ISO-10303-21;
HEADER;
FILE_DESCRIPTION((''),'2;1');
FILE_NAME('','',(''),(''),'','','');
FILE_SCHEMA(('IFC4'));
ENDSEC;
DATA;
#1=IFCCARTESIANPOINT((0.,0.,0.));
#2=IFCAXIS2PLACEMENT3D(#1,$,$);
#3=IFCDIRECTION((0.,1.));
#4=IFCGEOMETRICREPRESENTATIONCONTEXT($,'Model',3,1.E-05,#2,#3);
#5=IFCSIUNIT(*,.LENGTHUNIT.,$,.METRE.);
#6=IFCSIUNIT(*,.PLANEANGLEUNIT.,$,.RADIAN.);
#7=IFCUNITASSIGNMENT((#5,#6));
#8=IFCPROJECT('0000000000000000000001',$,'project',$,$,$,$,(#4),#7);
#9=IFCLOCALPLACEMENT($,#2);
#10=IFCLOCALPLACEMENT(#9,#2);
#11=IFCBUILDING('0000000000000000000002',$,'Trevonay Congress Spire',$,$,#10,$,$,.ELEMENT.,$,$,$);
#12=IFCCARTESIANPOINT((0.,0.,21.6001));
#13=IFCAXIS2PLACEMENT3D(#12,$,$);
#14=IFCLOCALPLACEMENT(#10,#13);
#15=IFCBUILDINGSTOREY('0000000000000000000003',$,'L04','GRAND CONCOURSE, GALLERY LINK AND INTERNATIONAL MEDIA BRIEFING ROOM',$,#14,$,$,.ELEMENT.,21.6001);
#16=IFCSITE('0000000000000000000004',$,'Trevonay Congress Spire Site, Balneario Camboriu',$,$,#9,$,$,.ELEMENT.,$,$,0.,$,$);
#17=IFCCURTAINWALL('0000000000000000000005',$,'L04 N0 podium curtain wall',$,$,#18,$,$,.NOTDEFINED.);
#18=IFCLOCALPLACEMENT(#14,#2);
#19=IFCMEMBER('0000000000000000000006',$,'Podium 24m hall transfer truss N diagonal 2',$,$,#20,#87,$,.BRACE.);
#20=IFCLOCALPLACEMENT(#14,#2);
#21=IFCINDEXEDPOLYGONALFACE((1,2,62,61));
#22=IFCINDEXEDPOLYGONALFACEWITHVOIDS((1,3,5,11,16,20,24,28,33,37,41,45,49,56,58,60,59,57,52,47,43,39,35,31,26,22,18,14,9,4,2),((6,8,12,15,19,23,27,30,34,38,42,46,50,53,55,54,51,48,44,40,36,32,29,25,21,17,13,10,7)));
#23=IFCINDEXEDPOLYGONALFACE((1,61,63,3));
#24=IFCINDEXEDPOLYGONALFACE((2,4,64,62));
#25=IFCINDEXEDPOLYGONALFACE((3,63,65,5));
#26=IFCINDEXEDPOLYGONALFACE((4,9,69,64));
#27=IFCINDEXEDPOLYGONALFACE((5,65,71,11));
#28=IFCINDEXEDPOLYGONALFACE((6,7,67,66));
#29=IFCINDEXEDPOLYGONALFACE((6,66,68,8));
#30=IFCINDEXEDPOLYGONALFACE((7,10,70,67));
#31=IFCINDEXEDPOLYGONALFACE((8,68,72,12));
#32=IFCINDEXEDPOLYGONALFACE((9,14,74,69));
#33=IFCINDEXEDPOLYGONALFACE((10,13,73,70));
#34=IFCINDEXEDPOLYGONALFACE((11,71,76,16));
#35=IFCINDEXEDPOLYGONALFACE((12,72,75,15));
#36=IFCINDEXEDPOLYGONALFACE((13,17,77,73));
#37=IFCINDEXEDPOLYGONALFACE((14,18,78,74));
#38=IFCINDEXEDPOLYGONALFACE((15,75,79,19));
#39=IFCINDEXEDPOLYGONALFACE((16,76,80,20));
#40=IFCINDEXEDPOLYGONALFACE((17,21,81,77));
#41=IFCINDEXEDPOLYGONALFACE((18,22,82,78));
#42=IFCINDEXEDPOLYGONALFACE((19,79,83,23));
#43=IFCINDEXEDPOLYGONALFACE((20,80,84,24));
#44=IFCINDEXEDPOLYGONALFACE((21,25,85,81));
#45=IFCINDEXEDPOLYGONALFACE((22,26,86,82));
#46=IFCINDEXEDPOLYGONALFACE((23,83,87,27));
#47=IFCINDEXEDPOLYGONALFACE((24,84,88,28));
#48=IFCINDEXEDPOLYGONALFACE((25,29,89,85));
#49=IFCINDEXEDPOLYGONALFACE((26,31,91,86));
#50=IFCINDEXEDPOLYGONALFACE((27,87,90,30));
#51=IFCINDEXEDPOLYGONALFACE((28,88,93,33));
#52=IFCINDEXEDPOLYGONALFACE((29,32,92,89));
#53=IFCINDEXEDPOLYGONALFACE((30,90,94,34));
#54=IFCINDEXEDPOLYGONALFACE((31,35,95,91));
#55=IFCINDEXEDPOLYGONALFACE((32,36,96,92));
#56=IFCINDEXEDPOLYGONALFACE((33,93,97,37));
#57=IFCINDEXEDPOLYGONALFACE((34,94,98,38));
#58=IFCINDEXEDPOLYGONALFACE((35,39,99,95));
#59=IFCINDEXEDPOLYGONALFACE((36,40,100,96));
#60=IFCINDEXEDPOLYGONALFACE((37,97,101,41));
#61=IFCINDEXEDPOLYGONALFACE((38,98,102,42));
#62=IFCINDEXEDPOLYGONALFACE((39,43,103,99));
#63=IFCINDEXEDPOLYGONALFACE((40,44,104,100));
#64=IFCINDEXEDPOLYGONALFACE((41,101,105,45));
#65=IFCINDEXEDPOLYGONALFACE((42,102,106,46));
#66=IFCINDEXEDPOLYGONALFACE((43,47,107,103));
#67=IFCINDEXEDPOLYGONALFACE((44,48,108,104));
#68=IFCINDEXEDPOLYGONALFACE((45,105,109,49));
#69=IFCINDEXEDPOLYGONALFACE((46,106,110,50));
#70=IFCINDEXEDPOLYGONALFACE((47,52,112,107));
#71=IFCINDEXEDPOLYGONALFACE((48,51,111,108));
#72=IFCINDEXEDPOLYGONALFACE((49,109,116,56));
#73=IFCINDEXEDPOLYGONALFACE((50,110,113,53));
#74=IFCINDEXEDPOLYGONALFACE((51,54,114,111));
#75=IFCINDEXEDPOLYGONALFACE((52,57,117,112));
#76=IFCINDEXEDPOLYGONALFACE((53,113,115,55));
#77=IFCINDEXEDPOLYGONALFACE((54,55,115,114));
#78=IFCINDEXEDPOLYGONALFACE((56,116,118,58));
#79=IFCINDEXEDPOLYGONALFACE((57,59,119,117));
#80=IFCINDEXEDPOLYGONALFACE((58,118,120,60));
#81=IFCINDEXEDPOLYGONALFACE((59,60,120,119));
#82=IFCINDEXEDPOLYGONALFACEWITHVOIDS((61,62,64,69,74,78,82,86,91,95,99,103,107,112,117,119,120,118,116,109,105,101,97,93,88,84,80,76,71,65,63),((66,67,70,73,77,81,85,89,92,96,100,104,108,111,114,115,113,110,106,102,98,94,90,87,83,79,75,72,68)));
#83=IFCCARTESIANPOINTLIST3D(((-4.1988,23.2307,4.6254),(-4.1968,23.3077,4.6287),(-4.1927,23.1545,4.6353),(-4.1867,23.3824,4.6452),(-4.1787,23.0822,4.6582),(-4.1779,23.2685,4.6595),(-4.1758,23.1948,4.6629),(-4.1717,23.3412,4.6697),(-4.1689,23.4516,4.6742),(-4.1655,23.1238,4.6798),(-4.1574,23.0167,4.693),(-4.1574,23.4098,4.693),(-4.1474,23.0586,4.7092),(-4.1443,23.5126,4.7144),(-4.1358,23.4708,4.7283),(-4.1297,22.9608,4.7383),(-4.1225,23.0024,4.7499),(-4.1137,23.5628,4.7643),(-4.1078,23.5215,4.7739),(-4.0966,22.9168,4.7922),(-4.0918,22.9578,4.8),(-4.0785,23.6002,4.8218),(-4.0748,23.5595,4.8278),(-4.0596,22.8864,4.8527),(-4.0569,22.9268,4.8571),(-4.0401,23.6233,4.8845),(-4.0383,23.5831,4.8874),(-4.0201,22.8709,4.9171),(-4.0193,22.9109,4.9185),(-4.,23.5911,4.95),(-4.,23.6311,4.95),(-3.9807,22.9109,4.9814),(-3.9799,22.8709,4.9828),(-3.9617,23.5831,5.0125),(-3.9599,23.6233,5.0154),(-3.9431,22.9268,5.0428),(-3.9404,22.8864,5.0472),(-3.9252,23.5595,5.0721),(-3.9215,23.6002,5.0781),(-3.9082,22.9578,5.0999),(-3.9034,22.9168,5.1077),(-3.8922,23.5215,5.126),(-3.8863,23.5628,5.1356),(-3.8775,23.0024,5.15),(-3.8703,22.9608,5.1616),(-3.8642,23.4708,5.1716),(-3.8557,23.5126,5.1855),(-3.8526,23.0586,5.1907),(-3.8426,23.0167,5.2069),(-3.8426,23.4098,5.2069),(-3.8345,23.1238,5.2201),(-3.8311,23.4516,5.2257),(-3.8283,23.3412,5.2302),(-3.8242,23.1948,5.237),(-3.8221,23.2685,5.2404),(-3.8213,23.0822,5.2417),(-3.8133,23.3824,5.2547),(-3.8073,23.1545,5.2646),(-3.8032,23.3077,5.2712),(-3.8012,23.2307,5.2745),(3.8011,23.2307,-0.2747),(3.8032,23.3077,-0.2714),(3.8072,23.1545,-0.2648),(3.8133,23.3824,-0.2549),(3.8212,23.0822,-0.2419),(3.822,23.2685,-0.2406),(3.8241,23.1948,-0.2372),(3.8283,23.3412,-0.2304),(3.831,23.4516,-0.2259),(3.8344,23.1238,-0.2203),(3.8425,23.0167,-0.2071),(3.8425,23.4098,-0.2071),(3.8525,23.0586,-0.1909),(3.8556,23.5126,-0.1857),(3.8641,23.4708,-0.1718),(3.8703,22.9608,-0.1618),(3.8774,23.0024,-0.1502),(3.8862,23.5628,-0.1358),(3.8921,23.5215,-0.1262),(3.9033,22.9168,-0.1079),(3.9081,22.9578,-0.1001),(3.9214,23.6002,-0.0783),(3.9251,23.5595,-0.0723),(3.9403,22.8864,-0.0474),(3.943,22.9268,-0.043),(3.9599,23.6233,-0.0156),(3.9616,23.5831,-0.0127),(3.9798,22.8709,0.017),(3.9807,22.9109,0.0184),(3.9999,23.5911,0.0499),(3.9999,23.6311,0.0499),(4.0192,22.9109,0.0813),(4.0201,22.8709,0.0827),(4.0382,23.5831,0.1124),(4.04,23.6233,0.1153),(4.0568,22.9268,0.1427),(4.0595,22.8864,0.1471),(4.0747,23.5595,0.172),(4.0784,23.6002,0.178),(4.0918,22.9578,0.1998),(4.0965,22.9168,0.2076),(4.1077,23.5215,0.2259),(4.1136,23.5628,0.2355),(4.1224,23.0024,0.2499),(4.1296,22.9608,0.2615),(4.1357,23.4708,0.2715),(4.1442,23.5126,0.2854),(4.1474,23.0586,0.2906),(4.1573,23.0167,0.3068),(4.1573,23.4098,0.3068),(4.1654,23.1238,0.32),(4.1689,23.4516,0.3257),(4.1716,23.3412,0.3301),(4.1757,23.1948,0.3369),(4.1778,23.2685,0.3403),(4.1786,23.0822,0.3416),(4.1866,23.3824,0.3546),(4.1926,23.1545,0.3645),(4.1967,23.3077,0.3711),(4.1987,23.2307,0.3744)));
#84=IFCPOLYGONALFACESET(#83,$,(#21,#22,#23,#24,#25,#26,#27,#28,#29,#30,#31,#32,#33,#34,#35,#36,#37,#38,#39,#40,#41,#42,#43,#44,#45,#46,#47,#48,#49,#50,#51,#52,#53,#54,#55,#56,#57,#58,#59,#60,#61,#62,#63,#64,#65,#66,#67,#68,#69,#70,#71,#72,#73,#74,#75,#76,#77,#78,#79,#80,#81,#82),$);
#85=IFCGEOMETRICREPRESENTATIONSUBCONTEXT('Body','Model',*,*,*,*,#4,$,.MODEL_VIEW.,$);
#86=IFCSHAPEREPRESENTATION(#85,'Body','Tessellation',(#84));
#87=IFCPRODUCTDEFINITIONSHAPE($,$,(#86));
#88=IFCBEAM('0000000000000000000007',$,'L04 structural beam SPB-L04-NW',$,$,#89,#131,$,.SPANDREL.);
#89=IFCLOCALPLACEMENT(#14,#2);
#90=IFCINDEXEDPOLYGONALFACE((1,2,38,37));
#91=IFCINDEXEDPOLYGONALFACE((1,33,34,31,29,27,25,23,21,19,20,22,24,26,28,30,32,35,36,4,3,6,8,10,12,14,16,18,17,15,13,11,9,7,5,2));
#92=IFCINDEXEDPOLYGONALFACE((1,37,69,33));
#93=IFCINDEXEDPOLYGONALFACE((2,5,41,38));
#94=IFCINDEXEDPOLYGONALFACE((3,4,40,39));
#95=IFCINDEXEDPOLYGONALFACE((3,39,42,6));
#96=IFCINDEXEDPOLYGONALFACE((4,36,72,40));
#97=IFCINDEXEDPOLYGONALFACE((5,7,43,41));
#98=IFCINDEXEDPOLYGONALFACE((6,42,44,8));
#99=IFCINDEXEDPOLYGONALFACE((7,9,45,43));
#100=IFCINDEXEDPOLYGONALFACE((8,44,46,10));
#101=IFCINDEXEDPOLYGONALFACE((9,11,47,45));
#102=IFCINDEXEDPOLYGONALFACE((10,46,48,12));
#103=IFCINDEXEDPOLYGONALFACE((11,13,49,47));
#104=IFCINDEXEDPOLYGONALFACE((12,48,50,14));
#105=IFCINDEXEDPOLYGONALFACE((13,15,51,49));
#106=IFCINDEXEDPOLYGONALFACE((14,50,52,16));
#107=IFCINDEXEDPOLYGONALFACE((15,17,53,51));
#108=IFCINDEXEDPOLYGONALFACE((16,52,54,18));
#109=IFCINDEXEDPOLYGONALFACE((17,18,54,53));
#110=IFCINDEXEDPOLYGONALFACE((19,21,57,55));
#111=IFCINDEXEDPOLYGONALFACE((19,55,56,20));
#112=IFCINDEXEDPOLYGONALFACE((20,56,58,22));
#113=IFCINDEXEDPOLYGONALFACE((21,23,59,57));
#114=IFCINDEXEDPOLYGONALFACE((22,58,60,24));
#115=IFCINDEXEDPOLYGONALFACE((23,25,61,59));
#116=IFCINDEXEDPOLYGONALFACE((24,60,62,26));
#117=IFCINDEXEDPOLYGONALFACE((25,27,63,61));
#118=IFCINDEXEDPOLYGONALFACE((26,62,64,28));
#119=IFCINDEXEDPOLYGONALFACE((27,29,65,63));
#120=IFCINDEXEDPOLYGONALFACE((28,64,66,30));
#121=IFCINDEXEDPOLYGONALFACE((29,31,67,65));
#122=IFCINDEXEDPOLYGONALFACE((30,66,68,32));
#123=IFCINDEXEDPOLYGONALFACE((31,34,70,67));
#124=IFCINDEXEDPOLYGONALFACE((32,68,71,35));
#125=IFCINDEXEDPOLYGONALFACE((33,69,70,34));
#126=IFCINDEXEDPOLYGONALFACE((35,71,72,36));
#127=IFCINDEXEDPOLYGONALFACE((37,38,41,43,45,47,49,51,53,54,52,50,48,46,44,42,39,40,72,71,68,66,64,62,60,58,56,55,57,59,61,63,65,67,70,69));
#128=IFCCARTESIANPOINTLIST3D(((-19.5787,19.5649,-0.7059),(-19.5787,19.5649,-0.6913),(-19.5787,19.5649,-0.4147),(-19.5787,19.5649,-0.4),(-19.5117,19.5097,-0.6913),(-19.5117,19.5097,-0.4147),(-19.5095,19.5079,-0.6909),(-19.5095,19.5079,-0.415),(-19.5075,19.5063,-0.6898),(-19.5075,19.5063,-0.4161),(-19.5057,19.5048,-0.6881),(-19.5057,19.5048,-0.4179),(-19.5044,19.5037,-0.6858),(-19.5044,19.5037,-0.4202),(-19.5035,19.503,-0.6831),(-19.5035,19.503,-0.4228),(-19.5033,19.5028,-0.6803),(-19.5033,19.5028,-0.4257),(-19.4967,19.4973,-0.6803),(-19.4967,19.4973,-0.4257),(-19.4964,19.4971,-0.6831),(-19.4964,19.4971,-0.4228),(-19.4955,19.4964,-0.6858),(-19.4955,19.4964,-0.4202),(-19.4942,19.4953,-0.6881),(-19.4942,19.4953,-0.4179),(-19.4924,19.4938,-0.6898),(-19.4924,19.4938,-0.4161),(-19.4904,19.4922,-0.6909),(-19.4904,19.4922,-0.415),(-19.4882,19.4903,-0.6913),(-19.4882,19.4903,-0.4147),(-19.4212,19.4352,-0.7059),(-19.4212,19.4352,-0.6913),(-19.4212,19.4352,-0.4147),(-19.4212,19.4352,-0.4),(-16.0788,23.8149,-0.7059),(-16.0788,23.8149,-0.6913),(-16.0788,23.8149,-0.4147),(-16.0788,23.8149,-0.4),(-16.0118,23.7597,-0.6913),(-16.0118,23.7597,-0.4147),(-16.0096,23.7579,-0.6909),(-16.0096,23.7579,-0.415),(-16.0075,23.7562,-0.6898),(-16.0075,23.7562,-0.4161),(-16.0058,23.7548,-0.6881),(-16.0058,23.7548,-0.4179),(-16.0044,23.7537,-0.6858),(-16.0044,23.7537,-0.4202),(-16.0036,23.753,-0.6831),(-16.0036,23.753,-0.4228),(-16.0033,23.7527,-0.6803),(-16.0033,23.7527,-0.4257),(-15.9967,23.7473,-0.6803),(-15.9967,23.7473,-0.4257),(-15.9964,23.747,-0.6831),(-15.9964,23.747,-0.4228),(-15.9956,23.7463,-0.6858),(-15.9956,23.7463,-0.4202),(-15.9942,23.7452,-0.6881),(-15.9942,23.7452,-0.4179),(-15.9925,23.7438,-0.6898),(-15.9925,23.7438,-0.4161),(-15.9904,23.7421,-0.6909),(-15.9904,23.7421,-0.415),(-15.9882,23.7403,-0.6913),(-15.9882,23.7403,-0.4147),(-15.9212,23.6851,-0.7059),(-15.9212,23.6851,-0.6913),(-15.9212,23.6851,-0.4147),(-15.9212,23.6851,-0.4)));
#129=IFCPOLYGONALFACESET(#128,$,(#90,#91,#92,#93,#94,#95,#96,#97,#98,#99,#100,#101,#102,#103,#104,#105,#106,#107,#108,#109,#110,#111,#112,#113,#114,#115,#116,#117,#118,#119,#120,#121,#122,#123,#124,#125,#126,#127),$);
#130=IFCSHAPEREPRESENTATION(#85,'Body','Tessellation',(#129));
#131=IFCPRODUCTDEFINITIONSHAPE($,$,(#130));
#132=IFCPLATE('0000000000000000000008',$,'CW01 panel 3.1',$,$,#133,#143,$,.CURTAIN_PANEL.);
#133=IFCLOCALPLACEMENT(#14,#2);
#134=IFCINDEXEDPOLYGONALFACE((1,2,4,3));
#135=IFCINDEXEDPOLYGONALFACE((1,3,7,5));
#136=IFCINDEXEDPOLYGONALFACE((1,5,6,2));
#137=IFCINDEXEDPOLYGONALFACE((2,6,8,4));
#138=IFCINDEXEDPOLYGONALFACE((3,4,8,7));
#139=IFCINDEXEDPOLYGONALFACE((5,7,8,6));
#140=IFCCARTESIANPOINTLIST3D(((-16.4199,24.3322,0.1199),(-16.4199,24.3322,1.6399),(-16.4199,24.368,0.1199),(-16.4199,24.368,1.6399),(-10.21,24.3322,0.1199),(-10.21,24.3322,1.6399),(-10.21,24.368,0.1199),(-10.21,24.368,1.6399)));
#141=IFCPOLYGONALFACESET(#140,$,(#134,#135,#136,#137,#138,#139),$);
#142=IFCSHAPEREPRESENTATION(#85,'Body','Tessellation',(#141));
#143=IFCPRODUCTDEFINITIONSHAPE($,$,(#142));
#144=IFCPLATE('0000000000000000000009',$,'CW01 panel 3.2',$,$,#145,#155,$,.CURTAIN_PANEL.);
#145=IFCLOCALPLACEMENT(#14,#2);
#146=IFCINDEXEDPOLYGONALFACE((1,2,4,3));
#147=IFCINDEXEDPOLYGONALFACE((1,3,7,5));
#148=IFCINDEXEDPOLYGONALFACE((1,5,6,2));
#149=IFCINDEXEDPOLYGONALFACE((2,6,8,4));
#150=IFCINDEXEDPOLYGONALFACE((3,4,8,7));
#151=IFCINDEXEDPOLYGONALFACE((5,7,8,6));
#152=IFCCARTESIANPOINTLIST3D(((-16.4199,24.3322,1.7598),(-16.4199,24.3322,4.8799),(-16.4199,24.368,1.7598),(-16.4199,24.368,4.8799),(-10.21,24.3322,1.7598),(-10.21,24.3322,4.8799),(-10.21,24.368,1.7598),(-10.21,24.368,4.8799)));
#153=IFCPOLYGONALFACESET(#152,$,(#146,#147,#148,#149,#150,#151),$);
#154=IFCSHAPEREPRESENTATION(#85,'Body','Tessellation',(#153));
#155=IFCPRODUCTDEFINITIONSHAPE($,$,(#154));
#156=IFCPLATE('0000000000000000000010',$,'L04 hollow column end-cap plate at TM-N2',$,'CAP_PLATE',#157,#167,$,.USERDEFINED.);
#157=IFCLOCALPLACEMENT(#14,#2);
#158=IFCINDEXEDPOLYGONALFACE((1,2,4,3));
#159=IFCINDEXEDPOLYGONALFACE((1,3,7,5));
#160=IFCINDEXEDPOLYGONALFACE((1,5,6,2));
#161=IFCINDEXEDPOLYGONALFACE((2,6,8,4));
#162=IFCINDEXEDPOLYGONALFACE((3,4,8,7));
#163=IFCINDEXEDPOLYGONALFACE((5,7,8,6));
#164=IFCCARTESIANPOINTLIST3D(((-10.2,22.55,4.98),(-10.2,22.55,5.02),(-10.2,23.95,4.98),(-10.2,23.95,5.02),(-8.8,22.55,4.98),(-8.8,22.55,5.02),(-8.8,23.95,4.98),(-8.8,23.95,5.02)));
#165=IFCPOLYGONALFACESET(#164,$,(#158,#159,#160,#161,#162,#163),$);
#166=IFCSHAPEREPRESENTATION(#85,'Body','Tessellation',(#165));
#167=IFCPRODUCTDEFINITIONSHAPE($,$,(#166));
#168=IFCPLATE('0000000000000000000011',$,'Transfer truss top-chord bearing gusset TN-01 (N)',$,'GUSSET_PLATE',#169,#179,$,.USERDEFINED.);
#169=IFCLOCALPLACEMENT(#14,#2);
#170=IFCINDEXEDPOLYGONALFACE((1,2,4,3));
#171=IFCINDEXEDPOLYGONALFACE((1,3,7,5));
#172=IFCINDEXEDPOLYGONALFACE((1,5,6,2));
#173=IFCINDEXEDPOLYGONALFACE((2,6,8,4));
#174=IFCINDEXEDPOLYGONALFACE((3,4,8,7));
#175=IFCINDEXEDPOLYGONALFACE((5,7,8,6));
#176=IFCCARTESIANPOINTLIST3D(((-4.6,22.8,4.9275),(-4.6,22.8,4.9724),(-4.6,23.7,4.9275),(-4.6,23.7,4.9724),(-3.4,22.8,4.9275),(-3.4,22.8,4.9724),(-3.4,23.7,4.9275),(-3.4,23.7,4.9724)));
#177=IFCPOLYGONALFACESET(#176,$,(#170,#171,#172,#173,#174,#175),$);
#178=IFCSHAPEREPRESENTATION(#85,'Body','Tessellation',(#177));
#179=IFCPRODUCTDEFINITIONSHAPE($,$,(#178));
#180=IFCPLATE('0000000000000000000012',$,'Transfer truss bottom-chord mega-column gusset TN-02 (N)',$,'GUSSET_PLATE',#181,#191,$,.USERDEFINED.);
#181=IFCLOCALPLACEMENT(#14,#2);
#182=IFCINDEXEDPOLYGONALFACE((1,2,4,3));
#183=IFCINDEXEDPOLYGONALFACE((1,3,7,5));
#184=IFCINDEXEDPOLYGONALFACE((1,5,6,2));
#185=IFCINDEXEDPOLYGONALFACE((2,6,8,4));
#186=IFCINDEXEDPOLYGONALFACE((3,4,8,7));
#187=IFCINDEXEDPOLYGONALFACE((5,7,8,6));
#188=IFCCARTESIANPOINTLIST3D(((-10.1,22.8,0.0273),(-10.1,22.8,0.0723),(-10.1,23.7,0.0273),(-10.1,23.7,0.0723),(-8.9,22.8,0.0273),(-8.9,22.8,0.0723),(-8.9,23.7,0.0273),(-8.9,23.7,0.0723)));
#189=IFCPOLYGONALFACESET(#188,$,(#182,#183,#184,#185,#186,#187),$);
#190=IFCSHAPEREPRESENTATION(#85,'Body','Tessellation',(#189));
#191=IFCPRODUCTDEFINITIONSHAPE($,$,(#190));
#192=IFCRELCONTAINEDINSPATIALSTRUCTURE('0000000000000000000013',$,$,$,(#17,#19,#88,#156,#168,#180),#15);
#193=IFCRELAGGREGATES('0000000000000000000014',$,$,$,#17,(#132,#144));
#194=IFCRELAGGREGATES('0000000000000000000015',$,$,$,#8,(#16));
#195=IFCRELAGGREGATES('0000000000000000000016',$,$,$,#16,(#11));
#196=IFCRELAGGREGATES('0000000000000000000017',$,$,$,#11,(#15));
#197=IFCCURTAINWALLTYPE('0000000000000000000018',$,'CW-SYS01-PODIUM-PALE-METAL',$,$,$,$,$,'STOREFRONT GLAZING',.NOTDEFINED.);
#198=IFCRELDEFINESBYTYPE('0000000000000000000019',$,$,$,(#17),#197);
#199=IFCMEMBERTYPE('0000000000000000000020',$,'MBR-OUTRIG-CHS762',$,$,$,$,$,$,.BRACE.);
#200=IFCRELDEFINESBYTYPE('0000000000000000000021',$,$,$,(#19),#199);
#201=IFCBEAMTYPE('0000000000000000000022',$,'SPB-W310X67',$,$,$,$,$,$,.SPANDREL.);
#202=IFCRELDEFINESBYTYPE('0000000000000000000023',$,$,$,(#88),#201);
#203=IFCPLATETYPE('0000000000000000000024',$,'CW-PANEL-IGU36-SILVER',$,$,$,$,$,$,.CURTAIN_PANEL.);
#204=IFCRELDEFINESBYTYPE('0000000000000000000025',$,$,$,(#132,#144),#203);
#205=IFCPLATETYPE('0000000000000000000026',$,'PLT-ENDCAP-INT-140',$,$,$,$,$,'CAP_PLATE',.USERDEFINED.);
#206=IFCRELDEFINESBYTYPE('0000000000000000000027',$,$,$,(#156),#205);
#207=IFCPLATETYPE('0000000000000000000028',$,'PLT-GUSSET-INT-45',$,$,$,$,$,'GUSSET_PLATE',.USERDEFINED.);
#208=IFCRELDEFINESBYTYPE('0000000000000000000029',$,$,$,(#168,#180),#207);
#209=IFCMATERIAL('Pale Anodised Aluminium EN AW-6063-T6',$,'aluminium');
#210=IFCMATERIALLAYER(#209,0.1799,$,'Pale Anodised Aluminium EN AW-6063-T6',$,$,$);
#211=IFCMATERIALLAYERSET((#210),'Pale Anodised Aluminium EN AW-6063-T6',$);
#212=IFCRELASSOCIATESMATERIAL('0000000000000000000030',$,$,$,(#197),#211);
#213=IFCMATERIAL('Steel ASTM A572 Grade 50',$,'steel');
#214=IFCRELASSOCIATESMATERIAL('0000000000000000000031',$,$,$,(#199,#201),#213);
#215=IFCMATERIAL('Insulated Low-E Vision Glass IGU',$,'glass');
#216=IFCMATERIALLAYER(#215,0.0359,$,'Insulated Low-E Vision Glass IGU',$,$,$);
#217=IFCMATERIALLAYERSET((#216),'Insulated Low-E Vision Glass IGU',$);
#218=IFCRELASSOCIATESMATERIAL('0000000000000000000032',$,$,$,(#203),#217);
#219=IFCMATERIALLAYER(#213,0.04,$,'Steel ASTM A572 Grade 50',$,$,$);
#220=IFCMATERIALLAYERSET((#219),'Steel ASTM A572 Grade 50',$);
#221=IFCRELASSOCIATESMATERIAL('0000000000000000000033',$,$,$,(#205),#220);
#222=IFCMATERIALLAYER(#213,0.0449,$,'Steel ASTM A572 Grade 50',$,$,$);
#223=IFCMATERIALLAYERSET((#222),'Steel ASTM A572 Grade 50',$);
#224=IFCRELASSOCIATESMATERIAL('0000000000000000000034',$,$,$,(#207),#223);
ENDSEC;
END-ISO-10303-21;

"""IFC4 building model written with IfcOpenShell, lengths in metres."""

from ifc_helpers import new_model, si_unit, direction, frame, origin, origin_2d, place, context, subcontext, project, spatial, rectangle, hollow_circle, i_section, extrude, material, layer, layer_set, material_profile, profile_set, type_object, element, aggregate, save


model = new_model("IFC4")

# Units and contexts
model_context = context("Model", 3, precision=1e-05, world=origin(), true_north=direction((0.0, 1.0)))
body_context = subcontext(model_context, "Body", "Model", "MODEL_VIEW")
ifc_project = project(units=[si_unit("LENGTHUNIT", "METRE"), si_unit("PLANEANGLEUNIT", "RADIAN")], contexts=[model_context])

# Site, building, storey
site_placement = place(None, origin())
site = spatial("IfcSite", under=ifc_project, at=site_placement, Name="Trevonay Congress Spire Site, Balneario Camboriu", CompositionType="ELEMENT", RefElevation=0.0)
building_placement = place(site_placement, origin())
building = spatial("IfcBuilding", under=site, at=building_placement, Name="Trevonay Congress Spire", CompositionType="ELEMENT")
storey_placement = place(building_placement, frame((0.0, 0.0, 21.6001)))
storey = spatial("IfcBuildingStorey", under=building, at=storey_placement, Name="L04", Description="GRAND CONCOURSE, GALLERY LINK AND INTERNATIONAL MEDIA BRIEFING ROOM", CompositionType="ELEMENT", Elevation=21.6001)

# Shared definitions
ifc_material_1 = material(Name="Steel ASTM A572 Grade 50", Category="steel")

# Curtain wall
ifc_material_2 = material(Name="Pale Anodised Aluminium EN AW-6063-T6", Category="aluminium")
ifc_layer_1 = layer(ifc_material_2, 0.1799, Name="Pale Anodised Aluminium EN AW-6063-T6")
ifc_layer_set_1 = layer_set([ifc_layer_1], Name="Pale Anodised Aluminium EN AW-6063-T6")
curtain_wall_type = type_object("IfcCurtainWallType", Name="CW-SYS01-PODIUM-PALE-METAL", ElementType="STOREFRONT GLAZING", PredefinedType="NOTDEFINED", material=ifc_layer_set_1)
curtain_wall_placement = place(storey_placement, origin())
curtain_wall = element("IfcCurtainWall", 1, at=curtain_wall_placement, inside=storey, type_object=curtain_wall_type, Name="L04 N0 podium curtain wall", PredefinedType="NOTDEFINED")

# Member
ifc_material_profile_1 = material_profile(ifc_material_1, hollow_circle(Radius=0.3811, WallThickness=0.04, at=origin_2d()), Name="CHS 762x40")
ifc_profile_set_1 = profile_set([ifc_material_profile_1], Name="Steel ASTM A572 Grade 50")
member_type_1 = type_object("IfcMemberType", Name="MBR-OUTRIG-CHS762", PredefinedType="BRACE", material=ifc_profile_set_1)
member_1_placement = place(storey_placement, frame((-4.0, 23.25, 4.95), z_axis=(0.852747, 0.0, -0.522323), x_axis=(0.0, 1.0, 0.0)))
element("IfcMember", 2, at=member_1_placement, inside=storey, type_object=member_type_1, Name="Podium 24m hall transfer truss N diagonal 2", PredefinedType="BRACE", context=body_context, shape_type="SweptSolid", body=[
    extrude(hollow_circle(Radius=0.3811, WallThickness=0.04, at=origin_2d()), origin(), (0.0, 0.0, 1.0), 9.3813),
])

# Beam
ifc_material_profile_2 = material_profile(ifc_material_1, i_section(OverallWidth=0.2041, OverallDepth=0.3059, WebThickness=0.0085, FlangeThickness=0.0146, FilletRadius=0.011, at=origin_2d()), Name="W310x67")
ifc_profile_set_2 = profile_set([ifc_material_profile_2], Name="Steel ASTM A572 Grade 50")
beam_type_1 = type_object("IfcBeamType", Name="SPB-W310X67", PredefinedType="SPANDREL", material=ifc_profile_set_2)
beam_1_placement = place(storey_placement, frame((-16.0, 23.75, -0.553), z_axis=(-0.635707, -0.77193, 0.0), x_axis=(0.77193, -0.635707, 0.0)))
element("IfcBeam", 3, at=beam_1_placement, inside=storey, type_object=beam_type_1, Name="L04 structural beam SPB-L04-NW", PredefinedType="SPANDREL", context=body_context, shape_type="SweptSolid", body=[
    extrude(i_section(OverallWidth=0.2041, OverallDepth=0.3059, WebThickness=0.0085, FlangeThickness=0.0146, FilletRadius=0.011, at=origin_2d()), origin(), (0.0, 0.0, 1.0), 5.5056),
])

# Plates
ifc_material_3 = material(Name="Insulated Low-E Vision Glass IGU", Category="glass")
ifc_layer_2 = layer(ifc_material_3, 0.0359, Name="Insulated Low-E Vision Glass IGU")
ifc_layer_set_2 = layer_set([ifc_layer_2], Name="Insulated Low-E Vision Glass IGU")
plate_type_1 = type_object("IfcPlateType", Name="CW-PANEL-IGU36-SILVER", PredefinedType="CURTAIN_PANEL", material=ifc_layer_set_2)
plate_1_placement = place(storey_placement, frame((-13.3149, 24.3501, 0.1199), z_axis=(0.0, 0.0, 1.0), x_axis=(1.0, 0.0, 0.0)))
plate_1 = element("IfcPlate", 4, at=plate_1_placement, type_object=plate_type_1, Name="CW01 panel 3.1", PredefinedType="CURTAIN_PANEL", context=body_context, shape_type="SweptSolid", body=[
    extrude(rectangle(XDim=6.21, YDim=0.0359, at=origin_2d()), origin(), (0.0, 0.0, 1.0), 1.52),
])
plate_2_placement = place(storey_placement, frame((-13.3149, 24.3501, 1.7598), z_axis=(0.0, 0.0, 1.0), x_axis=(1.0, 0.0, 0.0)))
plate_2 = element("IfcPlate", 5, at=plate_2_placement, type_object=plate_type_1, Name="CW01 panel 3.2", PredefinedType="CURTAIN_PANEL", context=body_context, shape_type="SweptSolid", body=[
    extrude(rectangle(XDim=6.21, YDim=0.0359, at=origin_2d()), origin(), (0.0, 0.0, 1.0), 3.1201),
])
aggregate(curtain_wall, [plate_1, plate_2])

# Plates
ifc_layer_3 = layer(ifc_material_1, 0.04, Name="Steel ASTM A572 Grade 50")
ifc_layer_set_3 = layer_set([ifc_layer_3], Name="Steel ASTM A572 Grade 50")
plate_type_2 = type_object("IfcPlateType", Name="PLT-ENDCAP-INT-140", ElementType="CAP_PLATE", PredefinedType="USERDEFINED", material=ifc_layer_set_3)
plate_3_placement = place(storey_placement, frame((-9.5, 23.25, 4.98), z_axis=(0.0, 0.0, 1.0), x_axis=(1.0, 0.0, 0.0)))
element("IfcPlate", 6, at=plate_3_placement, inside=storey, type_object=plate_type_2, Name="L04 hollow column end-cap plate at TM-N2", ObjectType="CAP_PLATE", PredefinedType="USERDEFINED", context=body_context, shape_type="SweptSolid", body=[
    extrude(rectangle(XDim=1.3999, YDim=1.3999, at=origin_2d()), origin(), (0.0, 0.0, 1.0), 0.04),
])
ifc_layer_4 = layer(ifc_material_1, 0.0449, Name="Steel ASTM A572 Grade 50")
ifc_layer_set_4 = layer_set([ifc_layer_4], Name="Steel ASTM A572 Grade 50")
plate_type_3 = type_object("IfcPlateType", Name="PLT-GUSSET-INT-45", ElementType="GUSSET_PLATE", PredefinedType="USERDEFINED", material=ifc_layer_set_4)
for number, where, z_axis, x_axis, name in (
    (7, (-4.0, 23.25, 4.9275), (0.0, 0.0, 1.0), (1.0, 0.0, 0.0), "Transfer truss top-chord bearing gusset TN-01 (N)"),
    (8, (-9.5, 23.25, 0.0273), (0.0, 0.0, 1.0), (1.0, 0.0, 0.0), "Transfer truss bottom-chord mega-column gusset TN-02 (N)"),
):
    element("IfcPlate", number, at=place(storey_placement, frame(where, z_axis=z_axis, x_axis=x_axis)), inside=storey, type_object=plate_type_3, Name=name, ObjectType="GUSSET_PLATE", PredefinedType="USERDEFINED", context=body_context, shape_type="SweptSolid", body=[
        extrude(rectangle(XDim=1.2, YDim=0.8999, at=origin_2d()), origin(), (0.0, 0.0, 1.0), 0.0449),
    ])

save(model, "model.ifc")
